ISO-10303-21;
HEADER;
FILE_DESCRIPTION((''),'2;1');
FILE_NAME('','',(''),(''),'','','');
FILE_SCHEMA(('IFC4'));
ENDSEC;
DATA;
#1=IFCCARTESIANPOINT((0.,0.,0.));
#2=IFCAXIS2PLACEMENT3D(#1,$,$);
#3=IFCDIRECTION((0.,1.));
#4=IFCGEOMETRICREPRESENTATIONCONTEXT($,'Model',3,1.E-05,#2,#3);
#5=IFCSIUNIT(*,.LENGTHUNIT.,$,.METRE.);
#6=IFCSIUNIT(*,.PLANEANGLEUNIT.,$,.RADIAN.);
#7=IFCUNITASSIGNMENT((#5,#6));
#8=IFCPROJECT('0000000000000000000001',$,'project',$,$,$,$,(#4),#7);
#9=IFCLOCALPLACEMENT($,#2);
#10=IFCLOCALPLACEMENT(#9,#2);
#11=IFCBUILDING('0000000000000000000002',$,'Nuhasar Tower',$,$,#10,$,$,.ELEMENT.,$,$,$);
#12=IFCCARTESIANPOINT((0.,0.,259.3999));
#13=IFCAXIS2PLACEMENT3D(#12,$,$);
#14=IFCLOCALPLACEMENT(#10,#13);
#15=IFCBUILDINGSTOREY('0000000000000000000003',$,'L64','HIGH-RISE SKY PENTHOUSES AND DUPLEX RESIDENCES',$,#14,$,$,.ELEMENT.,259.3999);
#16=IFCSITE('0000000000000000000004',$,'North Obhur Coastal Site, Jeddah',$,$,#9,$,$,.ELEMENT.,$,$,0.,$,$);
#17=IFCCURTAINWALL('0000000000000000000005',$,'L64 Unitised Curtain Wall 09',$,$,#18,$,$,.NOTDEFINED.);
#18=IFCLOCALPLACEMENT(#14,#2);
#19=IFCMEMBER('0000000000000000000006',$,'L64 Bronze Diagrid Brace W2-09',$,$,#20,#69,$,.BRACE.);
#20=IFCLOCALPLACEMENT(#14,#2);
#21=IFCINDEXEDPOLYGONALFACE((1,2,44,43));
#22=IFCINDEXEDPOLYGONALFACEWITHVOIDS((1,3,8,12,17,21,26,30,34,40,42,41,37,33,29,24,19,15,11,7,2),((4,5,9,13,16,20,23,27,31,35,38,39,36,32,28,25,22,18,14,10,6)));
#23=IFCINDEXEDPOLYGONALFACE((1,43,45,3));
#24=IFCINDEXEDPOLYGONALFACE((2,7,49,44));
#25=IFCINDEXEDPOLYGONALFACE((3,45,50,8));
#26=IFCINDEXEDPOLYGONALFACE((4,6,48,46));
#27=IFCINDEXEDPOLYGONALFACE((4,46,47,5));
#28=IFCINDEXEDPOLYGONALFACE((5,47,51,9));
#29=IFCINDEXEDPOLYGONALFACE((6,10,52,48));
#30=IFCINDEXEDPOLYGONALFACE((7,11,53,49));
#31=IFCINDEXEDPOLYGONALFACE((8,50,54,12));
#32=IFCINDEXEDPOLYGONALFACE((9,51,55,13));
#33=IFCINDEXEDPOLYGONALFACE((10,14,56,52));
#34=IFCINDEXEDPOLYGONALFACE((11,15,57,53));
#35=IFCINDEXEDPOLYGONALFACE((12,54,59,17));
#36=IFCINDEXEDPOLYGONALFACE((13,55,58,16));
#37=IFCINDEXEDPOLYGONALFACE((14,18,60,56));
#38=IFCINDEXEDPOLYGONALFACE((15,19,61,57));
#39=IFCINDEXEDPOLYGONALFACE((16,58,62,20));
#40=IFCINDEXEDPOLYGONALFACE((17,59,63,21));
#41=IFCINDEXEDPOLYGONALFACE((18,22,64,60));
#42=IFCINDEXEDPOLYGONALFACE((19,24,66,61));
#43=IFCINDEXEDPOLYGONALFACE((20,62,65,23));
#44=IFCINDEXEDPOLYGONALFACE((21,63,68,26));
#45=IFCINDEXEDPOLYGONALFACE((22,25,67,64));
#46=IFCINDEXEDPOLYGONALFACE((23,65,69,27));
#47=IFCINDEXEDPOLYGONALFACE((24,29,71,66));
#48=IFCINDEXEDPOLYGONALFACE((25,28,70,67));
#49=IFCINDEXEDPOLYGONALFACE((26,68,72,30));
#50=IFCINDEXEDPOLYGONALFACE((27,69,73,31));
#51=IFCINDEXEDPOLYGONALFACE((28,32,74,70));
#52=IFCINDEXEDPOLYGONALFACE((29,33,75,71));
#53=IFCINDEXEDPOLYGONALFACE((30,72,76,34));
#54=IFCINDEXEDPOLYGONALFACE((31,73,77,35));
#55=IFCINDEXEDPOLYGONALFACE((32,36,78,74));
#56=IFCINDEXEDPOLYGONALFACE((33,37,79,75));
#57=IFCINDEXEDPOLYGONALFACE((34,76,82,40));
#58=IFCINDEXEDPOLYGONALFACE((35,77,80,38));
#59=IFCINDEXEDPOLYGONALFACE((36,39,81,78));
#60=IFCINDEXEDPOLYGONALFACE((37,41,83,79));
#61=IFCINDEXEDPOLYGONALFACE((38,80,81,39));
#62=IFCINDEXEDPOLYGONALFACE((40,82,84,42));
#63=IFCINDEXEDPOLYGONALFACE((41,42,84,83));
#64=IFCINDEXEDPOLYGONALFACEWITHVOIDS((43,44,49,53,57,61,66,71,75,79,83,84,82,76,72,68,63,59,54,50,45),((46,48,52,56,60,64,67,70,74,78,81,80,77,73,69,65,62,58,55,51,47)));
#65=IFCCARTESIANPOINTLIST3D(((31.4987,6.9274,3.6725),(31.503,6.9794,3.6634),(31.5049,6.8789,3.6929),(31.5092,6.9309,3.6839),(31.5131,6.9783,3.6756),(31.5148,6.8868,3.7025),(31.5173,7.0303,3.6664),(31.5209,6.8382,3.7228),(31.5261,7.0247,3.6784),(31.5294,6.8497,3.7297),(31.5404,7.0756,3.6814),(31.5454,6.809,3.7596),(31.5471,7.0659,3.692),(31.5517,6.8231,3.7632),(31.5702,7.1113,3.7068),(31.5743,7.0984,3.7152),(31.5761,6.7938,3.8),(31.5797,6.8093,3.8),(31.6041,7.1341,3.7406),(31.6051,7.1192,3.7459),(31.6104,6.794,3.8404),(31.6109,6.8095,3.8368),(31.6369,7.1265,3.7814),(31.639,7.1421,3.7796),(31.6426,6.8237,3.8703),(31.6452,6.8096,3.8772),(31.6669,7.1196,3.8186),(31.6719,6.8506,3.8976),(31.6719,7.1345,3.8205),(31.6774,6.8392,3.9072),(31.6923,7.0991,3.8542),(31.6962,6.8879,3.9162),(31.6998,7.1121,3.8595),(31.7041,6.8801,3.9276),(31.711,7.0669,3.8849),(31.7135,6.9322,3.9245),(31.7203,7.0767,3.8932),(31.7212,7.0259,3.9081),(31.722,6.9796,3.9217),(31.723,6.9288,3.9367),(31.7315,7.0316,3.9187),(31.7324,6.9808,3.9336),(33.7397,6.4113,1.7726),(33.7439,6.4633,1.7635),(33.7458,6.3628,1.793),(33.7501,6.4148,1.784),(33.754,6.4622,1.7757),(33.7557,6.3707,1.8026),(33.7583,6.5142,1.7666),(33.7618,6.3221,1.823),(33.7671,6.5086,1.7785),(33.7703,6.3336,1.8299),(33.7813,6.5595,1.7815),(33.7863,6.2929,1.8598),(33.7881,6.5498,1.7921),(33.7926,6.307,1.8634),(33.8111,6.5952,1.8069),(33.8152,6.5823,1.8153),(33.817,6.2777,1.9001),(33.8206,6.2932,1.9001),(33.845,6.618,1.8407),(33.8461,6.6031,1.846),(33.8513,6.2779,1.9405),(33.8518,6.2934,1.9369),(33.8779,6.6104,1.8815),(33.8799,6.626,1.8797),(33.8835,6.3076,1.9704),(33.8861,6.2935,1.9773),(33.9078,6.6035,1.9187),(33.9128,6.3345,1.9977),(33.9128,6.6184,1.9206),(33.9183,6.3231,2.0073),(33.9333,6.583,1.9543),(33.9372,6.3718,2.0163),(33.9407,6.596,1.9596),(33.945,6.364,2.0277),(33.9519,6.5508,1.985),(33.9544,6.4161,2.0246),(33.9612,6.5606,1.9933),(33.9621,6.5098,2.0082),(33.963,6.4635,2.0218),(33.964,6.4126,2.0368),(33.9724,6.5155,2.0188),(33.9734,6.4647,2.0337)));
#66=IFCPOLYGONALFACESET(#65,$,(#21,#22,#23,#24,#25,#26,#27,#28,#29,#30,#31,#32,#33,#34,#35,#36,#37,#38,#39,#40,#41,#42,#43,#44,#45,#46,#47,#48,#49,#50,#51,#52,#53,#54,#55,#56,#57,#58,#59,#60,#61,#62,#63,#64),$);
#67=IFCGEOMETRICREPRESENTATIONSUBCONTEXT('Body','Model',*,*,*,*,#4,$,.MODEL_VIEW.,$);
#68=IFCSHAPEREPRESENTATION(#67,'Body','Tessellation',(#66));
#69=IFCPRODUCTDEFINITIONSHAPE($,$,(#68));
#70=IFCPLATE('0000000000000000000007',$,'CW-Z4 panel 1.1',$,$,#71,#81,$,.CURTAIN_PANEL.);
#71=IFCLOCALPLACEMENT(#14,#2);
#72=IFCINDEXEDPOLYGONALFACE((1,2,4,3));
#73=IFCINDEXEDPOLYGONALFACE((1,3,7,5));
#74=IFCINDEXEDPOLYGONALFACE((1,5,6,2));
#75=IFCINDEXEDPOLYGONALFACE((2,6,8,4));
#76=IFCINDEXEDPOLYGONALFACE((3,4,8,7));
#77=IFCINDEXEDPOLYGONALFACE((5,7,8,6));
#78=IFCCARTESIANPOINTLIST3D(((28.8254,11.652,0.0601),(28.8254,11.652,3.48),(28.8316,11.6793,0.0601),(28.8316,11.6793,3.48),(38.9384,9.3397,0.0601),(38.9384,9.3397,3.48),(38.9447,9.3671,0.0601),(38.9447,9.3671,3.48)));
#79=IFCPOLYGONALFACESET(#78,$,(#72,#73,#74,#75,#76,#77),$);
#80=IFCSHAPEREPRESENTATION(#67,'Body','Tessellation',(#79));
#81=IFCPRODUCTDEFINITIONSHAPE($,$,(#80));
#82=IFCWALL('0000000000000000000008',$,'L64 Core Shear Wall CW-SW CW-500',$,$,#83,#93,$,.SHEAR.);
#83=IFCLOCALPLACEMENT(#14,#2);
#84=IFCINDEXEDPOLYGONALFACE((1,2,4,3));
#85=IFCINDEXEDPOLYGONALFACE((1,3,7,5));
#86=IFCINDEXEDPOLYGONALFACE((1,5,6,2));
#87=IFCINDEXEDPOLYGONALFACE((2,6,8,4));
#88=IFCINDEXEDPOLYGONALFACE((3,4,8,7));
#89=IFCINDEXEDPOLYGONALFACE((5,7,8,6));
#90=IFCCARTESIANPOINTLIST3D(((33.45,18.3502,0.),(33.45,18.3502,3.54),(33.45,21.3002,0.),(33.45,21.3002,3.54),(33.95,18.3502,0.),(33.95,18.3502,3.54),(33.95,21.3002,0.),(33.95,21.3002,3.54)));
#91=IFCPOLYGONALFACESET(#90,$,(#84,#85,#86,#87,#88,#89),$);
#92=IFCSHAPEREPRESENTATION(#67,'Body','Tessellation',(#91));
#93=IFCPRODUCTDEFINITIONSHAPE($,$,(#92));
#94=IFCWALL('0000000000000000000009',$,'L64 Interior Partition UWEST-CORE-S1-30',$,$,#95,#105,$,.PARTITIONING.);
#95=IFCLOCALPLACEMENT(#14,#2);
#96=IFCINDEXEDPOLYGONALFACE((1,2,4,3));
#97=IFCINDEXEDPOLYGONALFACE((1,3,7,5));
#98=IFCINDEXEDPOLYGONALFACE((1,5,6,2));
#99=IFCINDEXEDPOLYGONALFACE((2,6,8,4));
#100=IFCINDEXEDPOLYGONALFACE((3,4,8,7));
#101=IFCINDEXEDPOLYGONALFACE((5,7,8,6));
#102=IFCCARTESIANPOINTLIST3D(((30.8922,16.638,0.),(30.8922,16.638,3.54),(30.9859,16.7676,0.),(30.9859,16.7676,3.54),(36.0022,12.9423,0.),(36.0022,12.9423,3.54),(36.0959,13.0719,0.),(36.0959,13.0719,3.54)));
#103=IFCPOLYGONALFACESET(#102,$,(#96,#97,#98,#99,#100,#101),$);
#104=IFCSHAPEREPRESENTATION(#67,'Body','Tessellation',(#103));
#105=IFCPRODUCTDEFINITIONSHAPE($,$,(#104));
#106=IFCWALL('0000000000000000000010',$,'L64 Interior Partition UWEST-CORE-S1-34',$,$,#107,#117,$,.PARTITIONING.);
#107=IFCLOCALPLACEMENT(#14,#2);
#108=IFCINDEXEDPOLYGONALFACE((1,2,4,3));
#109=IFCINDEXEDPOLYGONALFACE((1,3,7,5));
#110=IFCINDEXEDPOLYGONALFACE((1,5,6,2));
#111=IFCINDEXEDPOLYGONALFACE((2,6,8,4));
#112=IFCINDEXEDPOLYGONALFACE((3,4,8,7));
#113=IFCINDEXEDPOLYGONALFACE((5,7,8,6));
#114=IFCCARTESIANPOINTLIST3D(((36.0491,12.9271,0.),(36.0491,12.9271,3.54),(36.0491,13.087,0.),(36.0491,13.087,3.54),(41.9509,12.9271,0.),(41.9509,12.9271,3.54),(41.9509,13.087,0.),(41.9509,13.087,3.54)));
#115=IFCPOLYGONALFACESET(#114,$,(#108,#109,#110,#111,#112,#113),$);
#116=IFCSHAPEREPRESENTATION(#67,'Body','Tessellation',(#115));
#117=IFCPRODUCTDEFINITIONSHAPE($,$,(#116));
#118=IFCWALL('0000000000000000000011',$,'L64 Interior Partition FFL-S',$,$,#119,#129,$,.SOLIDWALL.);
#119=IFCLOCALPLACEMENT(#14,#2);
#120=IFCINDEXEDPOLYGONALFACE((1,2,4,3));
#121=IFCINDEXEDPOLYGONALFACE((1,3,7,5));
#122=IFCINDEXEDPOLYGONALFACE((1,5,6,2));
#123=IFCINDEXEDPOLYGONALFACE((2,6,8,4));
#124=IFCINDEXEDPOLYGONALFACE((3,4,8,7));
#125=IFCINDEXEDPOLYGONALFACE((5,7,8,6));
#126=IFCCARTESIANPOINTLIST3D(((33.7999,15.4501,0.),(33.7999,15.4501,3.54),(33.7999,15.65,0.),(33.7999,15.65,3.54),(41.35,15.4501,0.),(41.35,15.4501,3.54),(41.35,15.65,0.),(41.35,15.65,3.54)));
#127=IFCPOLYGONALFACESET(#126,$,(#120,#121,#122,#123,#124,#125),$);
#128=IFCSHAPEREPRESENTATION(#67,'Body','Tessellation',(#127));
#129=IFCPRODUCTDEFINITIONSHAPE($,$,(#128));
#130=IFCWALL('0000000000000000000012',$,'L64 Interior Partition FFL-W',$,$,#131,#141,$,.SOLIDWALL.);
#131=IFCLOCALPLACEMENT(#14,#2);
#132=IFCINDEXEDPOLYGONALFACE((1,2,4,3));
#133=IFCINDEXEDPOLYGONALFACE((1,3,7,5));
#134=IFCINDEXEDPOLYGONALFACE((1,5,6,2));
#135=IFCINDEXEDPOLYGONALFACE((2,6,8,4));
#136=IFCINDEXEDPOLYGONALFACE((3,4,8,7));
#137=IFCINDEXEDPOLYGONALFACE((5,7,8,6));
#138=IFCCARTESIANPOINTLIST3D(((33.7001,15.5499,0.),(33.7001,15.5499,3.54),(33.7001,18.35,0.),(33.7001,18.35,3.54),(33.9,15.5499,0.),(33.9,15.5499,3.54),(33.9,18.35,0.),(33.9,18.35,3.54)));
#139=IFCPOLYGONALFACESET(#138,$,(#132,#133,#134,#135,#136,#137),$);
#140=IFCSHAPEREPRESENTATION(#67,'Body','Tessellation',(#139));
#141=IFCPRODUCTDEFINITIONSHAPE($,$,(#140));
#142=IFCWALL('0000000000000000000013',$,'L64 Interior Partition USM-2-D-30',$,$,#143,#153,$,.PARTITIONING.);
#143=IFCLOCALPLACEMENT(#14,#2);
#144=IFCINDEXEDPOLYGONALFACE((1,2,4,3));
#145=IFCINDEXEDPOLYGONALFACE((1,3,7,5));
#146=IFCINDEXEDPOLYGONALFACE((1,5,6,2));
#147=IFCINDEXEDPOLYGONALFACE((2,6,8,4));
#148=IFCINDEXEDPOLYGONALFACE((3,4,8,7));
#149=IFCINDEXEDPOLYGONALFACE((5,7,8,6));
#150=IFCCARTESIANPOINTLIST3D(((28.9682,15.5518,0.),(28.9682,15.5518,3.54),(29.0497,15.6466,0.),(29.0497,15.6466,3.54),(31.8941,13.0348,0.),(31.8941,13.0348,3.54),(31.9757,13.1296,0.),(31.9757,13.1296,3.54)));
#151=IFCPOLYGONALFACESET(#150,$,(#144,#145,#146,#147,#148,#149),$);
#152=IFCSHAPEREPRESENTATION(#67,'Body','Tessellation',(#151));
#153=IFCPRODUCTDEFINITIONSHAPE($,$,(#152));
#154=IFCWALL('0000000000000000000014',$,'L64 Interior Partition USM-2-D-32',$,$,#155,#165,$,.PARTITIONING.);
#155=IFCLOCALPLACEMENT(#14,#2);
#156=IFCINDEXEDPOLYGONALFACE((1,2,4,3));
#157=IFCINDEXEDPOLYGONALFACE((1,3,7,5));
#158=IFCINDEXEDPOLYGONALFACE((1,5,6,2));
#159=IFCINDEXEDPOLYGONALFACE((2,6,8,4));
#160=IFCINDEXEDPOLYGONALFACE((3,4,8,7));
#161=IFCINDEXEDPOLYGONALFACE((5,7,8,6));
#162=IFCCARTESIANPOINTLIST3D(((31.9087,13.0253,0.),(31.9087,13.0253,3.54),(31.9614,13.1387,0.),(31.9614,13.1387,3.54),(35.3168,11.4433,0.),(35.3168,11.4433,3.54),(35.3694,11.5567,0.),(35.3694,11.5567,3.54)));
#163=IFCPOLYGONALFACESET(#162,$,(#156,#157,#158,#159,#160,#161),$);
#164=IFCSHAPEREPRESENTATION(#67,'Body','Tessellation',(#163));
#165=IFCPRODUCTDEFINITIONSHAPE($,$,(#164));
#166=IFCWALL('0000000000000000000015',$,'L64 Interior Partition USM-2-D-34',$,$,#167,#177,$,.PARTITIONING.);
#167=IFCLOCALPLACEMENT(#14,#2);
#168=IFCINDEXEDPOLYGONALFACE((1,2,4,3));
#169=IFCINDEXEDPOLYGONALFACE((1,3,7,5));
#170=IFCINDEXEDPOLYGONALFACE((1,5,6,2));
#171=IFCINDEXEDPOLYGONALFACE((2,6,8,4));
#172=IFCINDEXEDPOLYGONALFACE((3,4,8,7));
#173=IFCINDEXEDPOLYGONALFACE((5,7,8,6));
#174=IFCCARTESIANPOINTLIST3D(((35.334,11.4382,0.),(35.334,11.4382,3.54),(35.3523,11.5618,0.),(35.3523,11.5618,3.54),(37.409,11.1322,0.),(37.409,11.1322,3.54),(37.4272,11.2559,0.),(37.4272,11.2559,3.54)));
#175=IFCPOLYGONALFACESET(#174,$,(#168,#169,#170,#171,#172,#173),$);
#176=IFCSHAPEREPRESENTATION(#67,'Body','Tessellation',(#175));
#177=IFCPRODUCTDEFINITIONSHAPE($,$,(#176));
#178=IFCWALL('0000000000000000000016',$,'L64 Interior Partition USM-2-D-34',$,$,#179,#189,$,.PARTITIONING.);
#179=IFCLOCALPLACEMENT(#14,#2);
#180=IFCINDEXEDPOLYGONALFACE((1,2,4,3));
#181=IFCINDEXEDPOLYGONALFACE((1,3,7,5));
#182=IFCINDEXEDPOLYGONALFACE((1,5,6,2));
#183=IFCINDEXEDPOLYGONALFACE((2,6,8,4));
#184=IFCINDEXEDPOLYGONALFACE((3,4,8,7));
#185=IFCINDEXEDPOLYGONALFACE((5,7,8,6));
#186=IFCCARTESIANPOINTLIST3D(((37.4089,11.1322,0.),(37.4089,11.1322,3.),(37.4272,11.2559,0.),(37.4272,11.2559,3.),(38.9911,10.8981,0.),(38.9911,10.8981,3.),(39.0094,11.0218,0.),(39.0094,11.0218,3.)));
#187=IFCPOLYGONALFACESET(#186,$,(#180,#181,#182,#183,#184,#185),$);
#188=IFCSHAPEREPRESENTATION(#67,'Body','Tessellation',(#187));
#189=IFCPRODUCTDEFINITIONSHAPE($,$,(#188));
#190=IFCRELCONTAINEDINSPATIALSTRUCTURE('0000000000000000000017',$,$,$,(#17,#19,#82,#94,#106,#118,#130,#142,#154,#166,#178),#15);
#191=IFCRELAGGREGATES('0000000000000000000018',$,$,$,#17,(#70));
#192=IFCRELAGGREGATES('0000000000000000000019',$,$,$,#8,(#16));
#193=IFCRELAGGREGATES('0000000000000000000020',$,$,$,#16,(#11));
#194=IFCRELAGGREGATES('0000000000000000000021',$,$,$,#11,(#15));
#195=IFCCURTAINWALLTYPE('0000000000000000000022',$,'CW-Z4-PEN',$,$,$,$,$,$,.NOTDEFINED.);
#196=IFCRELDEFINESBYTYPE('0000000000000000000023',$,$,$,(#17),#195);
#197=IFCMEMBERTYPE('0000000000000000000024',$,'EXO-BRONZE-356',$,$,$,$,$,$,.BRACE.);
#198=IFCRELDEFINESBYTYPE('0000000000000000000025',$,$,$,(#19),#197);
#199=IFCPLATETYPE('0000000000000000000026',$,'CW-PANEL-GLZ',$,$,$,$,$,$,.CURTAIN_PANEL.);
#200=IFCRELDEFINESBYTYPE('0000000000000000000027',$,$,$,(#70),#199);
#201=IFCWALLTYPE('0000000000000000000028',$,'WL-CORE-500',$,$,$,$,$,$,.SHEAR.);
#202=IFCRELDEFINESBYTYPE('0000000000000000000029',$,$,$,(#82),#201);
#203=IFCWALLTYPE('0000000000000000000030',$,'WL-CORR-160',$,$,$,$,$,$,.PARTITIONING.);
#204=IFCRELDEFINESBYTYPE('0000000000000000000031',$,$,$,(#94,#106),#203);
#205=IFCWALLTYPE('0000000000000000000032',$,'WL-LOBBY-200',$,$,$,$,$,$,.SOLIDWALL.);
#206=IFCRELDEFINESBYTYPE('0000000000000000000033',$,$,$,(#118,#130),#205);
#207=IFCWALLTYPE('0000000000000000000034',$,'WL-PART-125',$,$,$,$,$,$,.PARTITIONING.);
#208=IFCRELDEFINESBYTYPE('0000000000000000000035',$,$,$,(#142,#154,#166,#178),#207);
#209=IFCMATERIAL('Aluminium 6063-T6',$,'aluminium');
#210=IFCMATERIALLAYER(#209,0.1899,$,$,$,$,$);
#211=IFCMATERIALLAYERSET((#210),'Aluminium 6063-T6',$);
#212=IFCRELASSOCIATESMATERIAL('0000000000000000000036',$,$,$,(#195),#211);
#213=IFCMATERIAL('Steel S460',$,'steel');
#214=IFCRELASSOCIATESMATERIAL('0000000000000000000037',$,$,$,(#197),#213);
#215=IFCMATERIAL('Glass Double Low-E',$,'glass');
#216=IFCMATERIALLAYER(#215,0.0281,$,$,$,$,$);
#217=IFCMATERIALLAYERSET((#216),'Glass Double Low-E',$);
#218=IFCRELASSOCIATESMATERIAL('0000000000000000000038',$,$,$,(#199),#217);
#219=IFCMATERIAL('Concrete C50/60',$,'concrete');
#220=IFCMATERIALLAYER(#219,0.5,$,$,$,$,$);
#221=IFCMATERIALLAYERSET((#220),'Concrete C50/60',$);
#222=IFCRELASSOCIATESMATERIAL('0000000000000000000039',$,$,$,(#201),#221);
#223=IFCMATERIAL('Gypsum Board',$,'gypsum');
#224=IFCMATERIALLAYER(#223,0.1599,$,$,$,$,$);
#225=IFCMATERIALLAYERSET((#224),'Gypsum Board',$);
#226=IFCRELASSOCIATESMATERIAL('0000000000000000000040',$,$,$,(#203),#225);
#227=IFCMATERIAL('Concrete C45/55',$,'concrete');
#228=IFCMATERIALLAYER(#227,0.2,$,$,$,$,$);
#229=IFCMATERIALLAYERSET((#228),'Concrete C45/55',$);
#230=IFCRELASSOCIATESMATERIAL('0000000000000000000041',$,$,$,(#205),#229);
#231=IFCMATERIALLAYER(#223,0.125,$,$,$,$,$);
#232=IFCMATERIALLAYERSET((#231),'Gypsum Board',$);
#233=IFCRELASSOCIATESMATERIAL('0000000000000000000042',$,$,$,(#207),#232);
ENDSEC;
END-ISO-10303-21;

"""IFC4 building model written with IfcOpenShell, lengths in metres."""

from ifc_helpers import new_model, si_unit, direction, frame, frame_2d, origin, origin_2d, place, context, subcontext, project, spatial, rectangle, hollow_circle, extrude, material, layer, layer_set, material_profile, profile_set, type_object, element, aggregate, save


model = new_model("IFC4")

# Units and contexts
model_context = context("Model", 3, precision=1e-05, world=origin(), true_north=direction((0.0, 1.0)))
body_context = subcontext(model_context, "Body", "Model", "MODEL_VIEW")
ifc_project = project(units=[si_unit("LENGTHUNIT", "METRE"), si_unit("PLANEANGLEUNIT", "RADIAN")], contexts=[model_context])

# Site, building, storey
site_placement = place(None, origin())
site = spatial("IfcSite", under=ifc_project, at=site_placement, Name="North Obhur Coastal Site, Jeddah", CompositionType="ELEMENT", RefElevation=0.0)
building_placement = place(site_placement, origin())
building = spatial("IfcBuilding", under=site, at=building_placement, Name="Nuhasar Tower", CompositionType="ELEMENT")
storey_placement = place(building_placement, frame((0.0, 0.0, 259.3999)))
storey = spatial("IfcBuildingStorey", under=building, at=storey_placement, Name="L64", Description="HIGH-RISE SKY PENTHOUSES AND DUPLEX RESIDENCES", CompositionType="ELEMENT", Elevation=259.3999)

# Shared definitions
ifc_material_1 = material(Name="Concrete C50/60", Category="concrete")

# Curtain wall
ifc_material_2 = material(Name="Aluminium 6063-T6", Category="aluminium")
ifc_layer_1 = layer(ifc_material_2, 0.1899)
ifc_layer_set_1 = layer_set([ifc_layer_1], Name="Aluminium 6063-T6")
curtain_wall_type = type_object("IfcCurtainWallType", Name="CW-Z4-PEN", PredefinedType="NOTDEFINED", material=ifc_layer_set_1)
curtain_wall_placement = place(storey_placement, origin())
curtain_wall = element("IfcCurtainWall", 1, at=curtain_wall_placement, inside=storey, type_object=curtain_wall_type, Name="L64 Unitised Curtain Wall 09", PredefinedType="NOTDEFINED")

# Member
ifc_material_3 = material(Name="Steel S460", Category="steel")
ifc_material_profile_1 = material_profile(ifc_material_3, hollow_circle(Radius=0.1777, WallThickness=0.0159, at=origin_2d()), Name="HSS355.6X15.9")
ifc_profile_set_1 = profile_set([ifc_material_profile_1], Name="Steel S460")
member_type_1 = type_object("IfcMemberType", Name="EXO-BRONZE-356", PredefinedType="BRACE", material=ifc_profile_set_1)
member_1_placement = place(storey_placement, frame((33.8569, 6.4509, 1.9001), z_axis=(-0.751261, 0.173022, 0.636923), x_axis=(-0.224433, -0.97449, 0.0)))
element("IfcMember", 2, at=member_1_placement, inside=storey, type_object=member_type_1, Name="L64 Bronze Diagrid Brace W2-09", PredefinedType="BRACE", context=body_context, shape_type="SweptSolid", body=[
    extrude(hollow_circle(Radius=0.1777, WallThickness=0.0159, at=origin_2d()), origin(), (0.0, 0.0, 1.0), 2.9829),
])

# Plate
ifc_material_4 = material(Name="Glass Double Low-E", Category="glass")
ifc_layer_2 = layer(ifc_material_4, 0.0281)
ifc_layer_set_2 = layer_set([ifc_layer_2], Name="Glass Double Low-E")
plate_type = type_object("IfcPlateType", Name="CW-PANEL-GLZ", PredefinedType="CURTAIN_PANEL", material=ifc_layer_set_2)
plate_placement = place(storey_placement, frame((33.885, 10.5095, 0.0601), z_axis=(0.0, 0.0, 1.0), x_axis=(0.974844, -0.222889, 0.0)))
plate = element("IfcPlate", 3, at=plate_placement, type_object=plate_type, Name="CW-Z4 panel 1.1", PredefinedType="CURTAIN_PANEL", context=body_context, shape_type="SweptSolid", body=[
    extrude(rectangle(XDim=10.374, YDim=0.0281, at=origin_2d()), origin(), (0.0, 0.0, 1.0), 3.4199),
])
aggregate(curtain_wall, [plate])

# Walls
ifc_layer_3 = layer(ifc_material_1, 0.5)
ifc_layer_set_3 = layer_set([ifc_layer_3], Name="Concrete C50/60")
wall_type_1 = type_object("IfcWallType", Name="WL-CORE-500", PredefinedType="SHEAR", material=ifc_layer_set_3)
wall_1_placement = place(storey_placement, frame((33.7, 18.3501, 0.0), z_axis=(0.0, 0.0, 1.0), x_axis=(0.0, 1.0, 0.0)))
element("IfcWall", 4, at=wall_1_placement, inside=storey, type_object=wall_type_1, Name="L64 Core Shear Wall CW-SW CW-500", PredefinedType="SHEAR", context=body_context, shape_type="SweptSolid", body=[
    extrude(rectangle(XDim=2.95, YDim=0.5, at=frame_2d((1.4751, 0.0))), origin(), (0.0, 0.0, 1.0), 3.54),
])
ifc_material_5 = material(Name="Gypsum Board", Category="gypsum")
ifc_layer_4 = layer(ifc_material_5, 0.1599)
ifc_layer_set_4 = layer_set([ifc_layer_4], Name="Gypsum Board")
wall_type_2 = type_object("IfcWallType", Name="WL-CORR-160", PredefinedType="PARTITIONING", material=ifc_layer_set_4)
wall_2_placement = place(storey_placement, frame((30.939, 16.7029, 0.0), z_axis=(0.0, 0.0, 1.0), x_axis=(0.81029, -0.586029, 0.0)))
element("IfcWall", 5, at=wall_2_placement, inside=storey, type_object=wall_type_2, Name="L64 Interior Partition UWEST-CORE-S1-30", PredefinedType="PARTITIONING", context=body_context, shape_type="SweptSolid", body=[
    extrude(rectangle(XDim=6.3064, YDim=0.1599, at=frame_2d((3.1533, 0.0))), origin(), (0.0, 0.0, 1.0), 3.54),
])
wall_3_placement = place(storey_placement, frame((36.0491, 13.0071, 0.0), z_axis=(0.0, 0.0, 1.0), x_axis=(1.0, 0.0, 0.0)))
element("IfcWall", 6, at=wall_3_placement, inside=storey, type_object=wall_type_2, Name="L64 Interior Partition UWEST-CORE-S1-34", PredefinedType="PARTITIONING", context=body_context, shape_type="SweptSolid", body=[
    extrude(rectangle(XDim=5.9019, YDim=0.1599, at=frame_2d((2.9509, 0.0))), origin(), (0.0, 0.0, 1.0), 3.54),
])
ifc_material_6 = material(Name="Concrete C45/55", Category="concrete")
ifc_layer_5 = layer(ifc_material_6, 0.2)
ifc_layer_set_5 = layer_set([ifc_layer_5], Name="Concrete C45/55")
wall_type_3 = type_object("IfcWallType", Name="WL-LOBBY-200", PredefinedType="SOLIDWALL", material=ifc_layer_set_5)
wall_4_placement = place(storey_placement, frame((33.8, 15.55, 0.0), z_axis=(0.0, 0.0, 1.0), x_axis=(1.0, 0.0, 0.0)))
element("IfcWall", 7, at=wall_4_placement, inside=storey, type_object=wall_type_3, Name="L64 Interior Partition FFL-S", PredefinedType="SOLIDWALL", context=body_context, shape_type="SweptSolid", body=[
    extrude(rectangle(XDim=7.55, YDim=0.2, at=frame_2d((3.7749, 0.0))), origin(), (0.0, 0.0, 1.0), 3.54),
])
wall_5_placement = place(storey_placement, frame((33.8, 15.55, 0.0), z_axis=(0.0, 0.0, 1.0), x_axis=(0.0, 1.0, 0.0)))
element("IfcWall", 8, at=wall_5_placement, inside=storey, type_object=wall_type_3, Name="L64 Interior Partition FFL-W", PredefinedType="SOLIDWALL", context=body_context, shape_type="SweptSolid", body=[
    extrude(rectangle(XDim=2.8, YDim=0.2, at=frame_2d((1.3999, 0.0))), origin(), (0.0, 0.0, 1.0), 3.54),
])
ifc_layer_6 = layer(ifc_material_5, 0.125)
ifc_layer_set_6 = layer_set([ifc_layer_6], Name="Gypsum Board")
wall_type_4 = type_object("IfcWallType", Name="WL-PART-125", PredefinedType="PARTITIONING", material=ifc_layer_set_6)
wall_6_placement = place(storey_placement, frame((29.009, 15.5991, 0.0), z_axis=(0.0, 0.0, 1.0), x_axis=(0.758095, -0.652145, 0.0)))
element("IfcWall", 9, at=wall_6_placement, inside=storey, type_object=wall_type_4, Name="L64 Interior Partition USM-2-D-30", PredefinedType="PARTITIONING", context=body_context, shape_type="SweptSolid", body=[
    extrude(rectangle(XDim=3.8596, YDim=0.125, at=frame_2d((1.9297, 0.0))), origin(), (0.0, 0.0, 1.0), 3.54),
])
wall_7_placement = place(storey_placement, frame((31.9351, 13.082, 0.0), z_axis=(0.0, 0.0, 1.0), x_axis=(0.907033, -0.42106, 0.0)))
element("IfcWall", 10, at=wall_7_placement, inside=storey, type_object=wall_type_4, Name="L64 Interior Partition USM-2-D-32", PredefinedType="PARTITIONING", context=body_context, shape_type="SweptSolid", body=[
    extrude(rectangle(XDim=3.7573, YDim=0.125, at=frame_2d((1.8787, 0.0))), origin(), (0.0, 0.0, 1.0), 3.54),
])
wall_8_placement = place(storey_placement, frame((35.343, 11.5, 0.0), z_axis=(0.0, 0.0, 1.0), x_axis=(0.989306, -0.145853, 0.0)))
element("IfcWall", 11, at=wall_8_placement, inside=storey, type_object=wall_type_4, Name="L64 Interior Partition USM-2-D-34", PredefinedType="PARTITIONING", context=body_context, shape_type="SweptSolid", body=[
    extrude(rectangle(XDim=2.0974, YDim=0.125, at=frame_2d((1.0488, 0.0))), origin(), (0.0, 0.0, 1.0), 3.54),
])
wall_9_placement = place(storey_placement, frame((37.418, 11.1941, 0.0), z_axis=(0.0, 0.0, 1.0), x_axis=(0.989226, -0.146399, 0.0)))
element("IfcWall", 12, at=wall_9_placement, inside=storey, type_object=wall_type_4, Name="L64 Interior Partition USM-2-D-34", PredefinedType="PARTITIONING", context=body_context, shape_type="SweptSolid", body=[
    extrude(rectangle(XDim=1.5994, YDim=0.125, at=frame_2d((0.7998, 0.0))), origin(), (0.0, 0.0, 1.0), 3.0),
])

save(model, "model.ifc")
